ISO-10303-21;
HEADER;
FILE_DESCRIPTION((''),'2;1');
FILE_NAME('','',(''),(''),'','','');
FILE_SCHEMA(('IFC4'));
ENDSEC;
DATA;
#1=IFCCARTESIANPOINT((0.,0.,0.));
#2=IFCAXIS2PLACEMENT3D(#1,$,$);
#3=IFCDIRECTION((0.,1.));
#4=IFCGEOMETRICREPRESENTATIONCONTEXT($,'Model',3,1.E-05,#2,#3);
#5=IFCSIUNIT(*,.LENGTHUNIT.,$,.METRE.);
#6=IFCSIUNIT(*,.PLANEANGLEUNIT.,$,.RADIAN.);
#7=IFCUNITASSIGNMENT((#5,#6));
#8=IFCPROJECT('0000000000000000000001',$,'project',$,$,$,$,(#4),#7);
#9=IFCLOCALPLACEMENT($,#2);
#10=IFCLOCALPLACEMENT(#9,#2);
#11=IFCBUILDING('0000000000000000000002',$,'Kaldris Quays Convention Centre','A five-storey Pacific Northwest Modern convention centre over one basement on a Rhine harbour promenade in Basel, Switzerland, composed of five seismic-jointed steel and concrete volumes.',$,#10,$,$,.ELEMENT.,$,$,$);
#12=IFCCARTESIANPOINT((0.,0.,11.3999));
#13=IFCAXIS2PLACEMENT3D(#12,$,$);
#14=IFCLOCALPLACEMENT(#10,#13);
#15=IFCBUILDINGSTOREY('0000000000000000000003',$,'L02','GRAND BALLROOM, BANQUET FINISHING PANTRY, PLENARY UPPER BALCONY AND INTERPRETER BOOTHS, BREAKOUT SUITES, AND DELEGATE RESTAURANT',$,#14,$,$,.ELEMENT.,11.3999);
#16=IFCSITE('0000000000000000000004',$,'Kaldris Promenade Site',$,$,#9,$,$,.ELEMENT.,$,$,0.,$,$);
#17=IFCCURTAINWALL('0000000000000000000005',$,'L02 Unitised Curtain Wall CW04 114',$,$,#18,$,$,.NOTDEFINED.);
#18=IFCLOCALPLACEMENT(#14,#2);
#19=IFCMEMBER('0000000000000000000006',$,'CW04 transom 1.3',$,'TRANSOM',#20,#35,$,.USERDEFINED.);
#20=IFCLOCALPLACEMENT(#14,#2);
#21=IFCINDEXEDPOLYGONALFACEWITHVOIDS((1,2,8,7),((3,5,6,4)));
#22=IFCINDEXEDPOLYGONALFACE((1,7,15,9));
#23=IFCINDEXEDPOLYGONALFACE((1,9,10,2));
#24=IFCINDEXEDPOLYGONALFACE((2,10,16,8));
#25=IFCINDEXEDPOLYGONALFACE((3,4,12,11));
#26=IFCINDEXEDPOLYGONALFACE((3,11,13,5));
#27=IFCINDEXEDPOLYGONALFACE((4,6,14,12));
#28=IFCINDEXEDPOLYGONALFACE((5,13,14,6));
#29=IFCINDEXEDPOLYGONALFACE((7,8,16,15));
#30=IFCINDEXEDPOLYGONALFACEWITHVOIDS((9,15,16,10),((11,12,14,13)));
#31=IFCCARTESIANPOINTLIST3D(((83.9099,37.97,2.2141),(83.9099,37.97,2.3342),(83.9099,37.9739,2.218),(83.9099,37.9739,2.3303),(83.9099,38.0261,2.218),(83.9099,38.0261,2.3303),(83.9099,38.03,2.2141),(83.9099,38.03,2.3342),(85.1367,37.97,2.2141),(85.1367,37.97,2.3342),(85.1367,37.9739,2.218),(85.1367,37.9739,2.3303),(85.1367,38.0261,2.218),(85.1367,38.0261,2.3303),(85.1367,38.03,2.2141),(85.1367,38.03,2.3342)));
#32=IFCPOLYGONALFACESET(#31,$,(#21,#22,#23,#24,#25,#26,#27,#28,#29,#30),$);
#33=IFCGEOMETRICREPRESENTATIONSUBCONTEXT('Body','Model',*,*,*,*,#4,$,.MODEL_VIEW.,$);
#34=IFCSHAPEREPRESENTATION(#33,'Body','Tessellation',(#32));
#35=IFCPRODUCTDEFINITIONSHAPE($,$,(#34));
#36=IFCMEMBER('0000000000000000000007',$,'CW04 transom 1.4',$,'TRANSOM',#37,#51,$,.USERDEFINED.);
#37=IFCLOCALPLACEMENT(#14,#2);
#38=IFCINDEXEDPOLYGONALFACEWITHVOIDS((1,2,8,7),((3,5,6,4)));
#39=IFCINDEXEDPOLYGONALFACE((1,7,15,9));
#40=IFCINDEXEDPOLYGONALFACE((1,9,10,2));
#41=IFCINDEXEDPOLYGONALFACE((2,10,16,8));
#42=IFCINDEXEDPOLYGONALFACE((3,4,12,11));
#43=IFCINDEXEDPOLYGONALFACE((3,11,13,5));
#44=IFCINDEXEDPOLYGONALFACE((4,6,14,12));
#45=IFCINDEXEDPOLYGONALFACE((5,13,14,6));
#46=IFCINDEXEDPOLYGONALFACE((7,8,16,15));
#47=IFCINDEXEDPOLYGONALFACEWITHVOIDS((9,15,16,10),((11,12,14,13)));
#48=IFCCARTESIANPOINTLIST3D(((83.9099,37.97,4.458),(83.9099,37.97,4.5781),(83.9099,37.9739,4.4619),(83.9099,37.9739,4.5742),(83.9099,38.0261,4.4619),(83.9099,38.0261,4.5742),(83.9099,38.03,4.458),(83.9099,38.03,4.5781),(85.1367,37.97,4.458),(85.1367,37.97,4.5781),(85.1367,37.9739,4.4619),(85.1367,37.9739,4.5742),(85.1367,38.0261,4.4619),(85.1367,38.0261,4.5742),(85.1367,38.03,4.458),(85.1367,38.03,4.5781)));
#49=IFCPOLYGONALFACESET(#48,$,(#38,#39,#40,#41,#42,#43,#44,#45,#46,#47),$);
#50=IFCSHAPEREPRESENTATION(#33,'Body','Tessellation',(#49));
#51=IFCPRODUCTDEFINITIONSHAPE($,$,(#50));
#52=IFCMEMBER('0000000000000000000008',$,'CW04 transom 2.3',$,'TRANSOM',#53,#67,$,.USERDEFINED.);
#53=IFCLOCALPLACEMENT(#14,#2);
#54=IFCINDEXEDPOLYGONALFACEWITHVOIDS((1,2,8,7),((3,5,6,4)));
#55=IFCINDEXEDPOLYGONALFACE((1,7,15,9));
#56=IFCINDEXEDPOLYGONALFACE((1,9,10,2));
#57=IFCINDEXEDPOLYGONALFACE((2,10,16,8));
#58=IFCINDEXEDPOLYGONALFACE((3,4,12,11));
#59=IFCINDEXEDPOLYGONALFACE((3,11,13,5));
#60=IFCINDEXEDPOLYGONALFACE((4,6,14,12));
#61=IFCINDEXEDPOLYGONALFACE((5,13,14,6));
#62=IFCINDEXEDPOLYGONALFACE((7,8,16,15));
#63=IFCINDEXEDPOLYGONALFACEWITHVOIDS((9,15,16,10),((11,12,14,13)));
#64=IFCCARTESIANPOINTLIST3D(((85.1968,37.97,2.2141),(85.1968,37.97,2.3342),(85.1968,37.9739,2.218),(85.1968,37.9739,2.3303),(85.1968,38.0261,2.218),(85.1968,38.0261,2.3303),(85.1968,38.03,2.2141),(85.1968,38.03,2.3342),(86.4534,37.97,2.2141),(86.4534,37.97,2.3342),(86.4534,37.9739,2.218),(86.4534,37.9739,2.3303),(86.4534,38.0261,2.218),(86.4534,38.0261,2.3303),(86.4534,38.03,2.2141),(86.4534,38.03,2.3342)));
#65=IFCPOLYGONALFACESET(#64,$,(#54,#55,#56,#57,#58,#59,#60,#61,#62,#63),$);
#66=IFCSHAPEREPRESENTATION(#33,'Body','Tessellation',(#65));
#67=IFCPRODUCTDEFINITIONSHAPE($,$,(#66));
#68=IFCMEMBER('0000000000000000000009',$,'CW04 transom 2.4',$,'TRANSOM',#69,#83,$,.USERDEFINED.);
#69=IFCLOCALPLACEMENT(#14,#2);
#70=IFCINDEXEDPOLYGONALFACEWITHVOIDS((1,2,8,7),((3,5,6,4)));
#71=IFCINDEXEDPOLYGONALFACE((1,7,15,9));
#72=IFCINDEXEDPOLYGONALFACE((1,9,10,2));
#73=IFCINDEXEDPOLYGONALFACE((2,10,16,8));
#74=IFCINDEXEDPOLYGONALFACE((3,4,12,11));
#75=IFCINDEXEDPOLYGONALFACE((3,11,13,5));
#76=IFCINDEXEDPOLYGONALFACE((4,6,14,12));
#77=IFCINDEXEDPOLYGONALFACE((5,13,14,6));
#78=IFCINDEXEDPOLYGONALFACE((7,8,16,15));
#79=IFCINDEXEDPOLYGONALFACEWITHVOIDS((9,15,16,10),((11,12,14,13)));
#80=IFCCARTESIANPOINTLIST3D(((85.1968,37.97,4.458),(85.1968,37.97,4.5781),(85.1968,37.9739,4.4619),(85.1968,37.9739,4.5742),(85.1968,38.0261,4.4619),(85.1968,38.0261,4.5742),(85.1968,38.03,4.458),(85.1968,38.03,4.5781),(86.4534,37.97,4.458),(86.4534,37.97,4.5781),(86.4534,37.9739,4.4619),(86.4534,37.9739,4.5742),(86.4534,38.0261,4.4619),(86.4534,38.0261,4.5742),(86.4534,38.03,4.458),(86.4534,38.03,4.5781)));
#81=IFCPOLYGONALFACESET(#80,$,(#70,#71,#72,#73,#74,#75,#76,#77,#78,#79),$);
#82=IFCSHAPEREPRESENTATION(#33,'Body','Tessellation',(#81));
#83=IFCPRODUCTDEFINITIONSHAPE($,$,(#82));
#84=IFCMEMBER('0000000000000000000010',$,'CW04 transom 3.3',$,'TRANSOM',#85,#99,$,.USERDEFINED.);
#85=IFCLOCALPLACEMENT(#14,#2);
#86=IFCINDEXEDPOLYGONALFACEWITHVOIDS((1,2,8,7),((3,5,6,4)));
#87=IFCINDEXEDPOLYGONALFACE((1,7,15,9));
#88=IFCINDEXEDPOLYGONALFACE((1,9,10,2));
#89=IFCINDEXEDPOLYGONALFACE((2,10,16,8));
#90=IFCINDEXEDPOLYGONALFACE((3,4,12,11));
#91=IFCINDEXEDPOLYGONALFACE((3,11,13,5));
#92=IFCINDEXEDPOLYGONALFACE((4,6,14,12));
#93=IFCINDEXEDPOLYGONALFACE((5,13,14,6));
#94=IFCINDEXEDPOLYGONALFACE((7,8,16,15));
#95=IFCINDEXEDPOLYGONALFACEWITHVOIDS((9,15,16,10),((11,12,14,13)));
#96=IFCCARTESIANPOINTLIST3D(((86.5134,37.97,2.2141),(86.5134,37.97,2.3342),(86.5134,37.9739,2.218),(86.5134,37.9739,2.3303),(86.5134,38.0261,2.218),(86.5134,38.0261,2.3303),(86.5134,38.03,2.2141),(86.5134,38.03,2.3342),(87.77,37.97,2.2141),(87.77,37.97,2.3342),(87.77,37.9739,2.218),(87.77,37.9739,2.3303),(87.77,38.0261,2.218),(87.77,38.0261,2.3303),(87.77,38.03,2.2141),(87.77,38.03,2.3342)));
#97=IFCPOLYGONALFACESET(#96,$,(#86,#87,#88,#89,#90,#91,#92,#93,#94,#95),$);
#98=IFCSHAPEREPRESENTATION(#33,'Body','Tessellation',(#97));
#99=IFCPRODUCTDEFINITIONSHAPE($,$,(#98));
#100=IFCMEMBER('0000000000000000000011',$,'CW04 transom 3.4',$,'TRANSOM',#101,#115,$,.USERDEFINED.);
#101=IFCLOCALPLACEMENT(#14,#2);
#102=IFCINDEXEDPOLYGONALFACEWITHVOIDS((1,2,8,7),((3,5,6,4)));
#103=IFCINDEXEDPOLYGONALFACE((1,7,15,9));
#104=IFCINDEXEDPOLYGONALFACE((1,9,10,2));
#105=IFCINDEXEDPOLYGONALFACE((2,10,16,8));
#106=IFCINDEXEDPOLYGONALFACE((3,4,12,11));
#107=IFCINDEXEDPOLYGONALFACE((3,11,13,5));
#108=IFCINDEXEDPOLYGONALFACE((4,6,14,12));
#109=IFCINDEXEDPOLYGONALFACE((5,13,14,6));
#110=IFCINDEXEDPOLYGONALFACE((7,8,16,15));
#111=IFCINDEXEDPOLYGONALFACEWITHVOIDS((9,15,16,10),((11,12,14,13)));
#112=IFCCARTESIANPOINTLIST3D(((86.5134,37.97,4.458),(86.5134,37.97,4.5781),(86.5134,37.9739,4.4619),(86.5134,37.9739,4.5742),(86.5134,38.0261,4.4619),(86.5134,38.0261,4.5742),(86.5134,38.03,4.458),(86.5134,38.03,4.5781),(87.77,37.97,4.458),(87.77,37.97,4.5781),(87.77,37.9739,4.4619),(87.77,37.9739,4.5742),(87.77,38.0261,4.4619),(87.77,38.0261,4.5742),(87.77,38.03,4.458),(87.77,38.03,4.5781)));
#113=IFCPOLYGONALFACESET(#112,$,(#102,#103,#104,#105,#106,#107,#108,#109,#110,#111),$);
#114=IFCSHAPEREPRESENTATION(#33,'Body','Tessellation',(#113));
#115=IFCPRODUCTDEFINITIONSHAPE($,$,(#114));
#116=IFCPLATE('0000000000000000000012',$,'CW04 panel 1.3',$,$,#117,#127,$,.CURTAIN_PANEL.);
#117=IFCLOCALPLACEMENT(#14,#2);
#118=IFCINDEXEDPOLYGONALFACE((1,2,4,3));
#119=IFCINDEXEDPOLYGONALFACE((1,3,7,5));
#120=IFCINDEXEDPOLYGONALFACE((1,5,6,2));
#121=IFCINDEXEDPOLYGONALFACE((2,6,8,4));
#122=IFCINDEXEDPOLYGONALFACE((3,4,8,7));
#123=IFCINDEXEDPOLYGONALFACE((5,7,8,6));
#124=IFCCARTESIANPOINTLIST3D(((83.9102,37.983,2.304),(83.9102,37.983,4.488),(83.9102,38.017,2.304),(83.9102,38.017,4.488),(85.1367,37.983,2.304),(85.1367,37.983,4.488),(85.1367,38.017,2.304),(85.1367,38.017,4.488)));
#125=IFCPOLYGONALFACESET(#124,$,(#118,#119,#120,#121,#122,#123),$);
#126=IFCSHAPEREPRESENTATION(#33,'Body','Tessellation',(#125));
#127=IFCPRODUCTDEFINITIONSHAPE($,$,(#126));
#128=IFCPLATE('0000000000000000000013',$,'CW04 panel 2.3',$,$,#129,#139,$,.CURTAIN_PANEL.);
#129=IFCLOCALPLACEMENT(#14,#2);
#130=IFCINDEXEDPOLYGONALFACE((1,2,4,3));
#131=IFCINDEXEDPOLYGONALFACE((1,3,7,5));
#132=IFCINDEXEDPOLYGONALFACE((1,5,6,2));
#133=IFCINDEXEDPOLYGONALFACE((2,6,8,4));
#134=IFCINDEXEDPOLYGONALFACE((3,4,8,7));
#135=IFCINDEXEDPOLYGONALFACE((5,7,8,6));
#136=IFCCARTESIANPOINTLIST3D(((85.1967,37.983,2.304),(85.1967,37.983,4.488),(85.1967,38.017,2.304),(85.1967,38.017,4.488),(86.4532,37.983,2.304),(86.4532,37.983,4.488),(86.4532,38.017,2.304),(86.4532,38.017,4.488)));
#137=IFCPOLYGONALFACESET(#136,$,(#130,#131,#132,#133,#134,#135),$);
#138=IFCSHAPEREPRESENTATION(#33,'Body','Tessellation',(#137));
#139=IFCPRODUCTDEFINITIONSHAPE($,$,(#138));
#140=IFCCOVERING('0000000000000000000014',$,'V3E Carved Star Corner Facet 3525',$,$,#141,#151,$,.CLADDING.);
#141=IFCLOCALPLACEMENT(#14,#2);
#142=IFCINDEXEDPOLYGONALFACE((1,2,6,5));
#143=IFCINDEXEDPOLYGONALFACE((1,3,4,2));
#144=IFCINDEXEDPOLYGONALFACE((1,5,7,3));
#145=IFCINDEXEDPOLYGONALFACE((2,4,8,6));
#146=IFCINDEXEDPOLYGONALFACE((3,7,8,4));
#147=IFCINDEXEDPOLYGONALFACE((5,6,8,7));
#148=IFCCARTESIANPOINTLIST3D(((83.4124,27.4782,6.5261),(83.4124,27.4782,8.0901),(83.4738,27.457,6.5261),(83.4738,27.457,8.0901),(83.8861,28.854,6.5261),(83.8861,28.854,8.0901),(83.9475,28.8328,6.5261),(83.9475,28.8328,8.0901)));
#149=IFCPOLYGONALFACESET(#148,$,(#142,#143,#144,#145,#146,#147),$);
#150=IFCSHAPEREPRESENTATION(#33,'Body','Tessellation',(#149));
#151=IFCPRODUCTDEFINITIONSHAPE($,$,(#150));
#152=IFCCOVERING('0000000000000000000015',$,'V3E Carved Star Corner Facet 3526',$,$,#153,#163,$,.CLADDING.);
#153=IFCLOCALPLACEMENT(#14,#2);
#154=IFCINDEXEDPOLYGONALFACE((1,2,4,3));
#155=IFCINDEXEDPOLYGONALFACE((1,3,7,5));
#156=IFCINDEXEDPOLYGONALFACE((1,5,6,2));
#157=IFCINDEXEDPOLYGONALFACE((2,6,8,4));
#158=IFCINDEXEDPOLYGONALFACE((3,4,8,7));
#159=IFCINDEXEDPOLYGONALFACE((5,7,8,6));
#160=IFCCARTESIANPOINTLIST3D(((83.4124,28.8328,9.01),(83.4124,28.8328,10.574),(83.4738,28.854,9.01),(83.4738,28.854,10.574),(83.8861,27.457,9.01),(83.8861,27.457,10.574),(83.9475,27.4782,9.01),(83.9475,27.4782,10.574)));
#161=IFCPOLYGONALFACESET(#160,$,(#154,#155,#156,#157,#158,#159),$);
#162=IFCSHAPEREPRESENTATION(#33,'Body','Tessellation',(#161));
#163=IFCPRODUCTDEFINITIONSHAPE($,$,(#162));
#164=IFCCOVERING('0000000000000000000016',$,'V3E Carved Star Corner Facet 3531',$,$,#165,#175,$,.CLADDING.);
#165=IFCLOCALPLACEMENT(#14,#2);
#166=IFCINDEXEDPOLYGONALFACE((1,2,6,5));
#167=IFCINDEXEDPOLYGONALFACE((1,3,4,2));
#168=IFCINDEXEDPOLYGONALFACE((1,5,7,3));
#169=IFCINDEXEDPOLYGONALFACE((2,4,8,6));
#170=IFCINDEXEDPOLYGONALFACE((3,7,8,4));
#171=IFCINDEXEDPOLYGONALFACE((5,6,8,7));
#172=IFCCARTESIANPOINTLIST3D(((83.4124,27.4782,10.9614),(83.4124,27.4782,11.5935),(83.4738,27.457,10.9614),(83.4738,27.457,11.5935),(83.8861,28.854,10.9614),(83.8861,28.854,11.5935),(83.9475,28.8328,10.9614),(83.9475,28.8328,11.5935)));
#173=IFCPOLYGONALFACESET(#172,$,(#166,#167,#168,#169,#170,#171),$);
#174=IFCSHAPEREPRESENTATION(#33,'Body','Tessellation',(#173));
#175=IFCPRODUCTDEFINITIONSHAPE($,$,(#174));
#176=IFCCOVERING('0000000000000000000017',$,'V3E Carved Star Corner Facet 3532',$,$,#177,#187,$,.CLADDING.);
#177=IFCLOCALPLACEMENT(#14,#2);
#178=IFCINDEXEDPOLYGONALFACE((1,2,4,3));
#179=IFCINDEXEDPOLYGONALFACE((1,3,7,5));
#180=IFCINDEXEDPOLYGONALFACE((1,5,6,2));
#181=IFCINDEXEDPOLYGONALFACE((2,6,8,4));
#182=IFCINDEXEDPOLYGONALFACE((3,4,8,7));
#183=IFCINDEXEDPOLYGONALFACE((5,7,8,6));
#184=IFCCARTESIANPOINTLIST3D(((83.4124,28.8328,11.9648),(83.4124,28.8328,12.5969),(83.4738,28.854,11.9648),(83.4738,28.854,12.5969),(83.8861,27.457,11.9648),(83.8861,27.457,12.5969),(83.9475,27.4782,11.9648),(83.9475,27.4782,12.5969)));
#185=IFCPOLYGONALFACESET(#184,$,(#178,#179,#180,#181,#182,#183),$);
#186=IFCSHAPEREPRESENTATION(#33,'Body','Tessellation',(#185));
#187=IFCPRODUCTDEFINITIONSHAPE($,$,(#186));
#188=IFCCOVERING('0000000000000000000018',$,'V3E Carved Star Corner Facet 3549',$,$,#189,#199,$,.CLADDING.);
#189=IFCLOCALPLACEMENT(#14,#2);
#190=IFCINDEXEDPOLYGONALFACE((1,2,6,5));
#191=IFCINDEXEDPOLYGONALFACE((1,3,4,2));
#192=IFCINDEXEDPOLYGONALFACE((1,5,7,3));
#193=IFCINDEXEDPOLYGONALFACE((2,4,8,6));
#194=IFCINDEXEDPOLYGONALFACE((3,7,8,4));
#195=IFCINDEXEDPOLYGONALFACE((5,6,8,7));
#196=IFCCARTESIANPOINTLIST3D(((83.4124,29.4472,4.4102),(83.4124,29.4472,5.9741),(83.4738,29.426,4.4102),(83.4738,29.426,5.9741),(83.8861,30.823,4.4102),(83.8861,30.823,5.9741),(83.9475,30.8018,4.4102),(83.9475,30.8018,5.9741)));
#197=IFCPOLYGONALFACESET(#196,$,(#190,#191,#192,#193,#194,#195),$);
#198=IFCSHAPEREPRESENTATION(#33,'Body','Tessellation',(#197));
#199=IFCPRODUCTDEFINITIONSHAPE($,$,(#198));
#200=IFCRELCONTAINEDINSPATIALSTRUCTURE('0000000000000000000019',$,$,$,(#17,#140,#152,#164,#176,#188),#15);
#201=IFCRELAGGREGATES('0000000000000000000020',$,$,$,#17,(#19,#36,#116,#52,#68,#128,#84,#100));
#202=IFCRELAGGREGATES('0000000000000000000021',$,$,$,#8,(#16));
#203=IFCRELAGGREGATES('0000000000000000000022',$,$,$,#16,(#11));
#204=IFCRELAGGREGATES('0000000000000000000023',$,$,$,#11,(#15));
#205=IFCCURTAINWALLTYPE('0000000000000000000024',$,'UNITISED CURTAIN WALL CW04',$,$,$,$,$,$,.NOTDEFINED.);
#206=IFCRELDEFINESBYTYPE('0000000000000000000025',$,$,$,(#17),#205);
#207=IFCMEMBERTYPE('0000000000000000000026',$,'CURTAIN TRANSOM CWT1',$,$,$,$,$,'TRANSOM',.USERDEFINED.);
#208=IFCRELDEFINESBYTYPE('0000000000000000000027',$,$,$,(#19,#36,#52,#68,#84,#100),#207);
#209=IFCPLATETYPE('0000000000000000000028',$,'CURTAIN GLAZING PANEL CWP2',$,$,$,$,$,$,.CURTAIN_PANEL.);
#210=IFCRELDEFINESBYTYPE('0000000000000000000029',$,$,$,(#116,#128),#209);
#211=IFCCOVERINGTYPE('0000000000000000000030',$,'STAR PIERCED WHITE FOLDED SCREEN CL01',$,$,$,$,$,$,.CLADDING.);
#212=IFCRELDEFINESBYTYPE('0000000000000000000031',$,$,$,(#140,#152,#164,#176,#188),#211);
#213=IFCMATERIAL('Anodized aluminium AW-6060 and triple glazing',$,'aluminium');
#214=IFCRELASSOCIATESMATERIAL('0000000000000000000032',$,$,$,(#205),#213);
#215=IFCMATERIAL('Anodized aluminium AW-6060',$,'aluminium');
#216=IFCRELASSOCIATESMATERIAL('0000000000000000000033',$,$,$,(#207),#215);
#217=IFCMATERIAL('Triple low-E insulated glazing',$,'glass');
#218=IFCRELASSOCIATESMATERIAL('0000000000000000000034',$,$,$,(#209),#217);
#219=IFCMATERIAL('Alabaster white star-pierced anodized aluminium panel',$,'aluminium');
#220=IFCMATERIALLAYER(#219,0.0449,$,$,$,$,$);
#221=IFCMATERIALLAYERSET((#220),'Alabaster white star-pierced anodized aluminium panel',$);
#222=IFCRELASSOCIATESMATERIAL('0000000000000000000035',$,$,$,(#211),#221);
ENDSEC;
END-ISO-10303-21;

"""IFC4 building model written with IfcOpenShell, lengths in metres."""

from ifc_helpers import new_model, si_unit, direction, frame, origin, origin_2d, place, context, subcontext, project, spatial, rectangle, hollow_rectangle, extrude, material, layer, layer_set, material_profile, profile_set, type_object, element, aggregate, save


model = new_model("IFC4")

# Units and contexts
model_context = context("Model", 3, precision=1e-05, world=origin(), true_north=direction((0.0, 1.0)))
body_context = subcontext(model_context, "Body", "Model", "MODEL_VIEW")
ifc_project = project(units=[si_unit("LENGTHUNIT", "METRE"), si_unit("PLANEANGLEUNIT", "RADIAN")], contexts=[model_context])

# Site, building, storey
site_placement = place(None, origin())
site = spatial("IfcSite", under=ifc_project, at=site_placement, Name="Kaldris Promenade Site", CompositionType="ELEMENT", RefElevation=0.0)
building_placement = place(site_placement, origin())
building = spatial("IfcBuilding", under=site, at=building_placement, Name="Kaldris Quays Convention Centre", Description="A five-storey Pacific Northwest Modern convention centre over one basement on a Rhine harbour promenade in Basel, Switzerland, composed of five seismic-jointed steel and concrete volumes.", CompositionType="ELEMENT")
storey_placement = place(building_placement, frame((0.0, 0.0, 11.3999)))
storey = spatial("IfcBuildingStorey", under=building, at=storey_placement, Name="L02", Description="GRAND BALLROOM, BANQUET FINISHING PANTRY, PLENARY UPPER BALCONY AND INTERPRETER BOOTHS, BREAKOUT SUITES, AND DELEGATE RESTAURANT", CompositionType="ELEMENT", Elevation=11.3999)

# Curtain wall, members, plates
ifc_material_1 = material(Name="Anodized aluminium AW-6060 and triple glazing", Category="aluminium")
curtain_wall_type = type_object("IfcCurtainWallType", Name="UNITISED CURTAIN WALL CW04", PredefinedType="NOTDEFINED", material=ifc_material_1)
curtain_wall_placement = place(storey_placement, origin())
curtain_wall = element("IfcCurtainWall", 1, at=curtain_wall_placement, inside=storey, type_object=curtain_wall_type, Name="L02 Unitised Curtain Wall CW04 114", PredefinedType="NOTDEFINED")
ifc_material_2 = material(Name="Anodized aluminium AW-6060", Category="aluminium")
ifc_material_profile = material_profile(ifc_material_2, hollow_rectangle(XDim=0.0601, YDim=0.1201, WallThickness=0.0039, at=origin_2d()), Name="RHS 120x60x4")
ifc_profile_set = profile_set([ifc_material_profile], Name="Anodized aluminium AW-6060")
member_type = type_object("IfcMemberType", Name="CURTAIN TRANSOM CWT1", ElementType="TRANSOM", PredefinedType="USERDEFINED", material=ifc_profile_set)
member_1_placement = place(storey_placement, frame((83.9099, 38.0, 2.2742), z_axis=(1.0, 0.0, 0.0), x_axis=(0.0, 1.0, 0.0)))
member_1 = element("IfcMember", 2, at=member_1_placement, type_object=member_type, Name="CW04 transom 1.3", ObjectType="TRANSOM", PredefinedType="USERDEFINED", context=body_context, shape_type="SweptSolid", body=[
    extrude(hollow_rectangle(XDim=0.0601, YDim=0.1201, WallThickness=0.0039, at=origin_2d()), origin(), (0.0, 0.0, 1.0), 1.2268),
])
member_2_placement = place(storey_placement, frame((83.9099, 38.0, 4.5181), z_axis=(1.0, 0.0, 0.0), x_axis=(0.0, 1.0, 0.0)))
member_2 = element("IfcMember", 3, at=member_2_placement, type_object=member_type, Name="CW04 transom 1.4", ObjectType="TRANSOM", PredefinedType="USERDEFINED", context=body_context, shape_type="SweptSolid", body=[
    extrude(hollow_rectangle(XDim=0.0601, YDim=0.1201, WallThickness=0.0039, at=origin_2d()), origin(), (0.0, 0.0, 1.0), 1.2268),
])
member_3_placement = place(storey_placement, frame((85.1968, 38.0, 2.2742), z_axis=(1.0, 0.0, 0.0), x_axis=(0.0, 1.0, 0.0)))
member_3 = element("IfcMember", 4, at=member_3_placement, type_object=member_type, Name="CW04 transom 2.3", ObjectType="TRANSOM", PredefinedType="USERDEFINED", context=body_context, shape_type="SweptSolid", body=[
    extrude(hollow_rectangle(XDim=0.0601, YDim=0.1201, WallThickness=0.0039, at=origin_2d()), origin(), (0.0, 0.0, 1.0), 1.2566),
])
member_4_placement = place(storey_placement, frame((85.1968, 38.0, 4.5181), z_axis=(1.0, 0.0, 0.0), x_axis=(0.0, 1.0, 0.0)))
member_4 = element("IfcMember", 5, at=member_4_placement, type_object=member_type, Name="CW04 transom 2.4", ObjectType="TRANSOM", PredefinedType="USERDEFINED", context=body_context, shape_type="SweptSolid", body=[
    extrude(hollow_rectangle(XDim=0.0601, YDim=0.1201, WallThickness=0.0039, at=origin_2d()), origin(), (0.0, 0.0, 1.0), 1.2566),
])
member_5_placement = place(storey_placement, frame((86.5134, 38.0, 2.2742), z_axis=(1.0, 0.0, 0.0), x_axis=(0.0, 1.0, 0.0)))
member_5 = element("IfcMember", 6, at=member_5_placement, type_object=member_type, Name="CW04 transom 3.3", ObjectType="TRANSOM", PredefinedType="USERDEFINED", context=body_context, shape_type="SweptSolid", body=[
    extrude(hollow_rectangle(XDim=0.0601, YDim=0.1201, WallThickness=0.0039, at=origin_2d()), origin(), (0.0, 0.0, 1.0), 1.2566),
])
member_6_placement = place(storey_placement, frame((86.5134, 38.0, 4.5181), z_axis=(1.0, 0.0, 0.0), x_axis=(0.0, 1.0, 0.0)))
member_6 = element("IfcMember", 7, at=member_6_placement, type_object=member_type, Name="CW04 transom 3.4", ObjectType="TRANSOM", PredefinedType="USERDEFINED", context=body_context, shape_type="SweptSolid", body=[
    extrude(hollow_rectangle(XDim=0.0601, YDim=0.1201, WallThickness=0.0039, at=origin_2d()), origin(), (0.0, 0.0, 1.0), 1.2566),
])
ifc_material_3 = material(Name="Triple low-E insulated glazing", Category="glass")
plate_type = type_object("IfcPlateType", Name="CURTAIN GLAZING PANEL CWP2", PredefinedType="CURTAIN_PANEL", material=ifc_material_3)
plate_1_placement = place(storey_placement, frame((84.5234, 38.0, 2.304), z_axis=(0.0, 0.0, 1.0), x_axis=(1.0, 0.0, 0.0)))
plate_1 = element("IfcPlate", 8, at=plate_1_placement, type_object=plate_type, Name="CW04 panel 1.3", PredefinedType="CURTAIN_PANEL", context=body_context, shape_type="SweptSolid", body=[
    extrude(rectangle(XDim=1.2266, YDim=0.0339, at=origin_2d()), origin(), (0.0, 0.0, 1.0), 2.1841),
])
plate_2_placement = place(storey_placement, frame((85.825, 38.0, 2.304), z_axis=(0.0, 0.0, 1.0), x_axis=(1.0, 0.0, 0.0)))
plate_2 = element("IfcPlate", 9, at=plate_2_placement, type_object=plate_type, Name="CW04 panel 2.3", PredefinedType="CURTAIN_PANEL", context=body_context, shape_type="SweptSolid", body=[
    extrude(rectangle(XDim=1.2566, YDim=0.0339, at=origin_2d()), origin(), (0.0, 0.0, 1.0), 2.1841),
])
aggregate(curtain_wall, [member_1, member_2, plate_1, member_3, member_4, plate_2, member_5, member_6])

# Coverings
ifc_material_4 = material(Name="Alabaster white star-pierced anodized aluminium panel", Category="aluminium")
ifc_layer = layer(ifc_material_4, 0.0449)
ifc_layer_set = layer_set([ifc_layer], Name="Alabaster white star-pierced anodized aluminium panel")
covering_type = type_object("IfcCoveringType", Name="STAR PIERCED WHITE FOLDED SCREEN CL01", PredefinedType="CLADDING", material=ifc_layer_set)
for number, where, z_axis, x_axis, name in (
    (10, (83.6799, 28.1555, 6.5261), (0.0, 0.0, 1.0), (0.325568, 0.945519, 0.0), "V3E Carved Star Corner Facet 3525"),
    (11, (83.6799, 28.1555, 9.01), (0.0, 0.0, 1.0), (-0.325568, 0.945519, 0.0), "V3E Carved Star Corner Facet 3526"),
):
    element("IfcCovering", number, at=place(storey_placement, frame(where, z_axis=z_axis, x_axis=x_axis)), inside=storey, type_object=covering_type, Name=name, PredefinedType="CLADDING", context=body_context, shape_type="SweptSolid", body=[
        extrude(rectangle(XDim=1.4551, YDim=0.0649, at=origin_2d()), origin(), (0.0, 0.0, 1.0), 1.564),
    ])
for number, where, z_axis, x_axis, name in (
    (12, (83.6799, 28.1555, 10.9614), (0.0, 0.0, 1.0), (0.325568, 0.945519, 0.0), "V3E Carved Star Corner Facet 3531"),
    (13, (83.6799, 28.1555, 11.9648), (0.0, 0.0, 1.0), (-0.325568, 0.945519, 0.0), "V3E Carved Star Corner Facet 3532"),
):
    element("IfcCovering", number, at=place(storey_placement, frame(where, z_axis=z_axis, x_axis=x_axis)), inside=storey, type_object=covering_type, Name=name, PredefinedType="CLADDING", context=body_context, shape_type="SweptSolid", body=[
        extrude(rectangle(XDim=1.4551, YDim=0.0649, at=origin_2d()), origin(), (0.0, 0.0, 1.0), 0.6321),
    ])
for number, where, z_axis, x_axis, name in (
    (14, (83.6799, 30.1245, 4.4102), (0.0, 0.0, 1.0), (0.325568, 0.945519, 0.0), "V3E Carved Star Corner Facet 3549"),
):
    element("IfcCovering", number, at=place(storey_placement, frame(where, z_axis=z_axis, x_axis=x_axis)), inside=storey, type_object=covering_type, Name=name, PredefinedType="CLADDING", context=body_context, shape_type="SweptSolid", body=[
        extrude(rectangle(XDim=1.4551, YDim=0.0649, at=origin_2d()), origin(), (0.0, 0.0, 1.0), 1.564),
    ])

save(model, "model.ifc")
